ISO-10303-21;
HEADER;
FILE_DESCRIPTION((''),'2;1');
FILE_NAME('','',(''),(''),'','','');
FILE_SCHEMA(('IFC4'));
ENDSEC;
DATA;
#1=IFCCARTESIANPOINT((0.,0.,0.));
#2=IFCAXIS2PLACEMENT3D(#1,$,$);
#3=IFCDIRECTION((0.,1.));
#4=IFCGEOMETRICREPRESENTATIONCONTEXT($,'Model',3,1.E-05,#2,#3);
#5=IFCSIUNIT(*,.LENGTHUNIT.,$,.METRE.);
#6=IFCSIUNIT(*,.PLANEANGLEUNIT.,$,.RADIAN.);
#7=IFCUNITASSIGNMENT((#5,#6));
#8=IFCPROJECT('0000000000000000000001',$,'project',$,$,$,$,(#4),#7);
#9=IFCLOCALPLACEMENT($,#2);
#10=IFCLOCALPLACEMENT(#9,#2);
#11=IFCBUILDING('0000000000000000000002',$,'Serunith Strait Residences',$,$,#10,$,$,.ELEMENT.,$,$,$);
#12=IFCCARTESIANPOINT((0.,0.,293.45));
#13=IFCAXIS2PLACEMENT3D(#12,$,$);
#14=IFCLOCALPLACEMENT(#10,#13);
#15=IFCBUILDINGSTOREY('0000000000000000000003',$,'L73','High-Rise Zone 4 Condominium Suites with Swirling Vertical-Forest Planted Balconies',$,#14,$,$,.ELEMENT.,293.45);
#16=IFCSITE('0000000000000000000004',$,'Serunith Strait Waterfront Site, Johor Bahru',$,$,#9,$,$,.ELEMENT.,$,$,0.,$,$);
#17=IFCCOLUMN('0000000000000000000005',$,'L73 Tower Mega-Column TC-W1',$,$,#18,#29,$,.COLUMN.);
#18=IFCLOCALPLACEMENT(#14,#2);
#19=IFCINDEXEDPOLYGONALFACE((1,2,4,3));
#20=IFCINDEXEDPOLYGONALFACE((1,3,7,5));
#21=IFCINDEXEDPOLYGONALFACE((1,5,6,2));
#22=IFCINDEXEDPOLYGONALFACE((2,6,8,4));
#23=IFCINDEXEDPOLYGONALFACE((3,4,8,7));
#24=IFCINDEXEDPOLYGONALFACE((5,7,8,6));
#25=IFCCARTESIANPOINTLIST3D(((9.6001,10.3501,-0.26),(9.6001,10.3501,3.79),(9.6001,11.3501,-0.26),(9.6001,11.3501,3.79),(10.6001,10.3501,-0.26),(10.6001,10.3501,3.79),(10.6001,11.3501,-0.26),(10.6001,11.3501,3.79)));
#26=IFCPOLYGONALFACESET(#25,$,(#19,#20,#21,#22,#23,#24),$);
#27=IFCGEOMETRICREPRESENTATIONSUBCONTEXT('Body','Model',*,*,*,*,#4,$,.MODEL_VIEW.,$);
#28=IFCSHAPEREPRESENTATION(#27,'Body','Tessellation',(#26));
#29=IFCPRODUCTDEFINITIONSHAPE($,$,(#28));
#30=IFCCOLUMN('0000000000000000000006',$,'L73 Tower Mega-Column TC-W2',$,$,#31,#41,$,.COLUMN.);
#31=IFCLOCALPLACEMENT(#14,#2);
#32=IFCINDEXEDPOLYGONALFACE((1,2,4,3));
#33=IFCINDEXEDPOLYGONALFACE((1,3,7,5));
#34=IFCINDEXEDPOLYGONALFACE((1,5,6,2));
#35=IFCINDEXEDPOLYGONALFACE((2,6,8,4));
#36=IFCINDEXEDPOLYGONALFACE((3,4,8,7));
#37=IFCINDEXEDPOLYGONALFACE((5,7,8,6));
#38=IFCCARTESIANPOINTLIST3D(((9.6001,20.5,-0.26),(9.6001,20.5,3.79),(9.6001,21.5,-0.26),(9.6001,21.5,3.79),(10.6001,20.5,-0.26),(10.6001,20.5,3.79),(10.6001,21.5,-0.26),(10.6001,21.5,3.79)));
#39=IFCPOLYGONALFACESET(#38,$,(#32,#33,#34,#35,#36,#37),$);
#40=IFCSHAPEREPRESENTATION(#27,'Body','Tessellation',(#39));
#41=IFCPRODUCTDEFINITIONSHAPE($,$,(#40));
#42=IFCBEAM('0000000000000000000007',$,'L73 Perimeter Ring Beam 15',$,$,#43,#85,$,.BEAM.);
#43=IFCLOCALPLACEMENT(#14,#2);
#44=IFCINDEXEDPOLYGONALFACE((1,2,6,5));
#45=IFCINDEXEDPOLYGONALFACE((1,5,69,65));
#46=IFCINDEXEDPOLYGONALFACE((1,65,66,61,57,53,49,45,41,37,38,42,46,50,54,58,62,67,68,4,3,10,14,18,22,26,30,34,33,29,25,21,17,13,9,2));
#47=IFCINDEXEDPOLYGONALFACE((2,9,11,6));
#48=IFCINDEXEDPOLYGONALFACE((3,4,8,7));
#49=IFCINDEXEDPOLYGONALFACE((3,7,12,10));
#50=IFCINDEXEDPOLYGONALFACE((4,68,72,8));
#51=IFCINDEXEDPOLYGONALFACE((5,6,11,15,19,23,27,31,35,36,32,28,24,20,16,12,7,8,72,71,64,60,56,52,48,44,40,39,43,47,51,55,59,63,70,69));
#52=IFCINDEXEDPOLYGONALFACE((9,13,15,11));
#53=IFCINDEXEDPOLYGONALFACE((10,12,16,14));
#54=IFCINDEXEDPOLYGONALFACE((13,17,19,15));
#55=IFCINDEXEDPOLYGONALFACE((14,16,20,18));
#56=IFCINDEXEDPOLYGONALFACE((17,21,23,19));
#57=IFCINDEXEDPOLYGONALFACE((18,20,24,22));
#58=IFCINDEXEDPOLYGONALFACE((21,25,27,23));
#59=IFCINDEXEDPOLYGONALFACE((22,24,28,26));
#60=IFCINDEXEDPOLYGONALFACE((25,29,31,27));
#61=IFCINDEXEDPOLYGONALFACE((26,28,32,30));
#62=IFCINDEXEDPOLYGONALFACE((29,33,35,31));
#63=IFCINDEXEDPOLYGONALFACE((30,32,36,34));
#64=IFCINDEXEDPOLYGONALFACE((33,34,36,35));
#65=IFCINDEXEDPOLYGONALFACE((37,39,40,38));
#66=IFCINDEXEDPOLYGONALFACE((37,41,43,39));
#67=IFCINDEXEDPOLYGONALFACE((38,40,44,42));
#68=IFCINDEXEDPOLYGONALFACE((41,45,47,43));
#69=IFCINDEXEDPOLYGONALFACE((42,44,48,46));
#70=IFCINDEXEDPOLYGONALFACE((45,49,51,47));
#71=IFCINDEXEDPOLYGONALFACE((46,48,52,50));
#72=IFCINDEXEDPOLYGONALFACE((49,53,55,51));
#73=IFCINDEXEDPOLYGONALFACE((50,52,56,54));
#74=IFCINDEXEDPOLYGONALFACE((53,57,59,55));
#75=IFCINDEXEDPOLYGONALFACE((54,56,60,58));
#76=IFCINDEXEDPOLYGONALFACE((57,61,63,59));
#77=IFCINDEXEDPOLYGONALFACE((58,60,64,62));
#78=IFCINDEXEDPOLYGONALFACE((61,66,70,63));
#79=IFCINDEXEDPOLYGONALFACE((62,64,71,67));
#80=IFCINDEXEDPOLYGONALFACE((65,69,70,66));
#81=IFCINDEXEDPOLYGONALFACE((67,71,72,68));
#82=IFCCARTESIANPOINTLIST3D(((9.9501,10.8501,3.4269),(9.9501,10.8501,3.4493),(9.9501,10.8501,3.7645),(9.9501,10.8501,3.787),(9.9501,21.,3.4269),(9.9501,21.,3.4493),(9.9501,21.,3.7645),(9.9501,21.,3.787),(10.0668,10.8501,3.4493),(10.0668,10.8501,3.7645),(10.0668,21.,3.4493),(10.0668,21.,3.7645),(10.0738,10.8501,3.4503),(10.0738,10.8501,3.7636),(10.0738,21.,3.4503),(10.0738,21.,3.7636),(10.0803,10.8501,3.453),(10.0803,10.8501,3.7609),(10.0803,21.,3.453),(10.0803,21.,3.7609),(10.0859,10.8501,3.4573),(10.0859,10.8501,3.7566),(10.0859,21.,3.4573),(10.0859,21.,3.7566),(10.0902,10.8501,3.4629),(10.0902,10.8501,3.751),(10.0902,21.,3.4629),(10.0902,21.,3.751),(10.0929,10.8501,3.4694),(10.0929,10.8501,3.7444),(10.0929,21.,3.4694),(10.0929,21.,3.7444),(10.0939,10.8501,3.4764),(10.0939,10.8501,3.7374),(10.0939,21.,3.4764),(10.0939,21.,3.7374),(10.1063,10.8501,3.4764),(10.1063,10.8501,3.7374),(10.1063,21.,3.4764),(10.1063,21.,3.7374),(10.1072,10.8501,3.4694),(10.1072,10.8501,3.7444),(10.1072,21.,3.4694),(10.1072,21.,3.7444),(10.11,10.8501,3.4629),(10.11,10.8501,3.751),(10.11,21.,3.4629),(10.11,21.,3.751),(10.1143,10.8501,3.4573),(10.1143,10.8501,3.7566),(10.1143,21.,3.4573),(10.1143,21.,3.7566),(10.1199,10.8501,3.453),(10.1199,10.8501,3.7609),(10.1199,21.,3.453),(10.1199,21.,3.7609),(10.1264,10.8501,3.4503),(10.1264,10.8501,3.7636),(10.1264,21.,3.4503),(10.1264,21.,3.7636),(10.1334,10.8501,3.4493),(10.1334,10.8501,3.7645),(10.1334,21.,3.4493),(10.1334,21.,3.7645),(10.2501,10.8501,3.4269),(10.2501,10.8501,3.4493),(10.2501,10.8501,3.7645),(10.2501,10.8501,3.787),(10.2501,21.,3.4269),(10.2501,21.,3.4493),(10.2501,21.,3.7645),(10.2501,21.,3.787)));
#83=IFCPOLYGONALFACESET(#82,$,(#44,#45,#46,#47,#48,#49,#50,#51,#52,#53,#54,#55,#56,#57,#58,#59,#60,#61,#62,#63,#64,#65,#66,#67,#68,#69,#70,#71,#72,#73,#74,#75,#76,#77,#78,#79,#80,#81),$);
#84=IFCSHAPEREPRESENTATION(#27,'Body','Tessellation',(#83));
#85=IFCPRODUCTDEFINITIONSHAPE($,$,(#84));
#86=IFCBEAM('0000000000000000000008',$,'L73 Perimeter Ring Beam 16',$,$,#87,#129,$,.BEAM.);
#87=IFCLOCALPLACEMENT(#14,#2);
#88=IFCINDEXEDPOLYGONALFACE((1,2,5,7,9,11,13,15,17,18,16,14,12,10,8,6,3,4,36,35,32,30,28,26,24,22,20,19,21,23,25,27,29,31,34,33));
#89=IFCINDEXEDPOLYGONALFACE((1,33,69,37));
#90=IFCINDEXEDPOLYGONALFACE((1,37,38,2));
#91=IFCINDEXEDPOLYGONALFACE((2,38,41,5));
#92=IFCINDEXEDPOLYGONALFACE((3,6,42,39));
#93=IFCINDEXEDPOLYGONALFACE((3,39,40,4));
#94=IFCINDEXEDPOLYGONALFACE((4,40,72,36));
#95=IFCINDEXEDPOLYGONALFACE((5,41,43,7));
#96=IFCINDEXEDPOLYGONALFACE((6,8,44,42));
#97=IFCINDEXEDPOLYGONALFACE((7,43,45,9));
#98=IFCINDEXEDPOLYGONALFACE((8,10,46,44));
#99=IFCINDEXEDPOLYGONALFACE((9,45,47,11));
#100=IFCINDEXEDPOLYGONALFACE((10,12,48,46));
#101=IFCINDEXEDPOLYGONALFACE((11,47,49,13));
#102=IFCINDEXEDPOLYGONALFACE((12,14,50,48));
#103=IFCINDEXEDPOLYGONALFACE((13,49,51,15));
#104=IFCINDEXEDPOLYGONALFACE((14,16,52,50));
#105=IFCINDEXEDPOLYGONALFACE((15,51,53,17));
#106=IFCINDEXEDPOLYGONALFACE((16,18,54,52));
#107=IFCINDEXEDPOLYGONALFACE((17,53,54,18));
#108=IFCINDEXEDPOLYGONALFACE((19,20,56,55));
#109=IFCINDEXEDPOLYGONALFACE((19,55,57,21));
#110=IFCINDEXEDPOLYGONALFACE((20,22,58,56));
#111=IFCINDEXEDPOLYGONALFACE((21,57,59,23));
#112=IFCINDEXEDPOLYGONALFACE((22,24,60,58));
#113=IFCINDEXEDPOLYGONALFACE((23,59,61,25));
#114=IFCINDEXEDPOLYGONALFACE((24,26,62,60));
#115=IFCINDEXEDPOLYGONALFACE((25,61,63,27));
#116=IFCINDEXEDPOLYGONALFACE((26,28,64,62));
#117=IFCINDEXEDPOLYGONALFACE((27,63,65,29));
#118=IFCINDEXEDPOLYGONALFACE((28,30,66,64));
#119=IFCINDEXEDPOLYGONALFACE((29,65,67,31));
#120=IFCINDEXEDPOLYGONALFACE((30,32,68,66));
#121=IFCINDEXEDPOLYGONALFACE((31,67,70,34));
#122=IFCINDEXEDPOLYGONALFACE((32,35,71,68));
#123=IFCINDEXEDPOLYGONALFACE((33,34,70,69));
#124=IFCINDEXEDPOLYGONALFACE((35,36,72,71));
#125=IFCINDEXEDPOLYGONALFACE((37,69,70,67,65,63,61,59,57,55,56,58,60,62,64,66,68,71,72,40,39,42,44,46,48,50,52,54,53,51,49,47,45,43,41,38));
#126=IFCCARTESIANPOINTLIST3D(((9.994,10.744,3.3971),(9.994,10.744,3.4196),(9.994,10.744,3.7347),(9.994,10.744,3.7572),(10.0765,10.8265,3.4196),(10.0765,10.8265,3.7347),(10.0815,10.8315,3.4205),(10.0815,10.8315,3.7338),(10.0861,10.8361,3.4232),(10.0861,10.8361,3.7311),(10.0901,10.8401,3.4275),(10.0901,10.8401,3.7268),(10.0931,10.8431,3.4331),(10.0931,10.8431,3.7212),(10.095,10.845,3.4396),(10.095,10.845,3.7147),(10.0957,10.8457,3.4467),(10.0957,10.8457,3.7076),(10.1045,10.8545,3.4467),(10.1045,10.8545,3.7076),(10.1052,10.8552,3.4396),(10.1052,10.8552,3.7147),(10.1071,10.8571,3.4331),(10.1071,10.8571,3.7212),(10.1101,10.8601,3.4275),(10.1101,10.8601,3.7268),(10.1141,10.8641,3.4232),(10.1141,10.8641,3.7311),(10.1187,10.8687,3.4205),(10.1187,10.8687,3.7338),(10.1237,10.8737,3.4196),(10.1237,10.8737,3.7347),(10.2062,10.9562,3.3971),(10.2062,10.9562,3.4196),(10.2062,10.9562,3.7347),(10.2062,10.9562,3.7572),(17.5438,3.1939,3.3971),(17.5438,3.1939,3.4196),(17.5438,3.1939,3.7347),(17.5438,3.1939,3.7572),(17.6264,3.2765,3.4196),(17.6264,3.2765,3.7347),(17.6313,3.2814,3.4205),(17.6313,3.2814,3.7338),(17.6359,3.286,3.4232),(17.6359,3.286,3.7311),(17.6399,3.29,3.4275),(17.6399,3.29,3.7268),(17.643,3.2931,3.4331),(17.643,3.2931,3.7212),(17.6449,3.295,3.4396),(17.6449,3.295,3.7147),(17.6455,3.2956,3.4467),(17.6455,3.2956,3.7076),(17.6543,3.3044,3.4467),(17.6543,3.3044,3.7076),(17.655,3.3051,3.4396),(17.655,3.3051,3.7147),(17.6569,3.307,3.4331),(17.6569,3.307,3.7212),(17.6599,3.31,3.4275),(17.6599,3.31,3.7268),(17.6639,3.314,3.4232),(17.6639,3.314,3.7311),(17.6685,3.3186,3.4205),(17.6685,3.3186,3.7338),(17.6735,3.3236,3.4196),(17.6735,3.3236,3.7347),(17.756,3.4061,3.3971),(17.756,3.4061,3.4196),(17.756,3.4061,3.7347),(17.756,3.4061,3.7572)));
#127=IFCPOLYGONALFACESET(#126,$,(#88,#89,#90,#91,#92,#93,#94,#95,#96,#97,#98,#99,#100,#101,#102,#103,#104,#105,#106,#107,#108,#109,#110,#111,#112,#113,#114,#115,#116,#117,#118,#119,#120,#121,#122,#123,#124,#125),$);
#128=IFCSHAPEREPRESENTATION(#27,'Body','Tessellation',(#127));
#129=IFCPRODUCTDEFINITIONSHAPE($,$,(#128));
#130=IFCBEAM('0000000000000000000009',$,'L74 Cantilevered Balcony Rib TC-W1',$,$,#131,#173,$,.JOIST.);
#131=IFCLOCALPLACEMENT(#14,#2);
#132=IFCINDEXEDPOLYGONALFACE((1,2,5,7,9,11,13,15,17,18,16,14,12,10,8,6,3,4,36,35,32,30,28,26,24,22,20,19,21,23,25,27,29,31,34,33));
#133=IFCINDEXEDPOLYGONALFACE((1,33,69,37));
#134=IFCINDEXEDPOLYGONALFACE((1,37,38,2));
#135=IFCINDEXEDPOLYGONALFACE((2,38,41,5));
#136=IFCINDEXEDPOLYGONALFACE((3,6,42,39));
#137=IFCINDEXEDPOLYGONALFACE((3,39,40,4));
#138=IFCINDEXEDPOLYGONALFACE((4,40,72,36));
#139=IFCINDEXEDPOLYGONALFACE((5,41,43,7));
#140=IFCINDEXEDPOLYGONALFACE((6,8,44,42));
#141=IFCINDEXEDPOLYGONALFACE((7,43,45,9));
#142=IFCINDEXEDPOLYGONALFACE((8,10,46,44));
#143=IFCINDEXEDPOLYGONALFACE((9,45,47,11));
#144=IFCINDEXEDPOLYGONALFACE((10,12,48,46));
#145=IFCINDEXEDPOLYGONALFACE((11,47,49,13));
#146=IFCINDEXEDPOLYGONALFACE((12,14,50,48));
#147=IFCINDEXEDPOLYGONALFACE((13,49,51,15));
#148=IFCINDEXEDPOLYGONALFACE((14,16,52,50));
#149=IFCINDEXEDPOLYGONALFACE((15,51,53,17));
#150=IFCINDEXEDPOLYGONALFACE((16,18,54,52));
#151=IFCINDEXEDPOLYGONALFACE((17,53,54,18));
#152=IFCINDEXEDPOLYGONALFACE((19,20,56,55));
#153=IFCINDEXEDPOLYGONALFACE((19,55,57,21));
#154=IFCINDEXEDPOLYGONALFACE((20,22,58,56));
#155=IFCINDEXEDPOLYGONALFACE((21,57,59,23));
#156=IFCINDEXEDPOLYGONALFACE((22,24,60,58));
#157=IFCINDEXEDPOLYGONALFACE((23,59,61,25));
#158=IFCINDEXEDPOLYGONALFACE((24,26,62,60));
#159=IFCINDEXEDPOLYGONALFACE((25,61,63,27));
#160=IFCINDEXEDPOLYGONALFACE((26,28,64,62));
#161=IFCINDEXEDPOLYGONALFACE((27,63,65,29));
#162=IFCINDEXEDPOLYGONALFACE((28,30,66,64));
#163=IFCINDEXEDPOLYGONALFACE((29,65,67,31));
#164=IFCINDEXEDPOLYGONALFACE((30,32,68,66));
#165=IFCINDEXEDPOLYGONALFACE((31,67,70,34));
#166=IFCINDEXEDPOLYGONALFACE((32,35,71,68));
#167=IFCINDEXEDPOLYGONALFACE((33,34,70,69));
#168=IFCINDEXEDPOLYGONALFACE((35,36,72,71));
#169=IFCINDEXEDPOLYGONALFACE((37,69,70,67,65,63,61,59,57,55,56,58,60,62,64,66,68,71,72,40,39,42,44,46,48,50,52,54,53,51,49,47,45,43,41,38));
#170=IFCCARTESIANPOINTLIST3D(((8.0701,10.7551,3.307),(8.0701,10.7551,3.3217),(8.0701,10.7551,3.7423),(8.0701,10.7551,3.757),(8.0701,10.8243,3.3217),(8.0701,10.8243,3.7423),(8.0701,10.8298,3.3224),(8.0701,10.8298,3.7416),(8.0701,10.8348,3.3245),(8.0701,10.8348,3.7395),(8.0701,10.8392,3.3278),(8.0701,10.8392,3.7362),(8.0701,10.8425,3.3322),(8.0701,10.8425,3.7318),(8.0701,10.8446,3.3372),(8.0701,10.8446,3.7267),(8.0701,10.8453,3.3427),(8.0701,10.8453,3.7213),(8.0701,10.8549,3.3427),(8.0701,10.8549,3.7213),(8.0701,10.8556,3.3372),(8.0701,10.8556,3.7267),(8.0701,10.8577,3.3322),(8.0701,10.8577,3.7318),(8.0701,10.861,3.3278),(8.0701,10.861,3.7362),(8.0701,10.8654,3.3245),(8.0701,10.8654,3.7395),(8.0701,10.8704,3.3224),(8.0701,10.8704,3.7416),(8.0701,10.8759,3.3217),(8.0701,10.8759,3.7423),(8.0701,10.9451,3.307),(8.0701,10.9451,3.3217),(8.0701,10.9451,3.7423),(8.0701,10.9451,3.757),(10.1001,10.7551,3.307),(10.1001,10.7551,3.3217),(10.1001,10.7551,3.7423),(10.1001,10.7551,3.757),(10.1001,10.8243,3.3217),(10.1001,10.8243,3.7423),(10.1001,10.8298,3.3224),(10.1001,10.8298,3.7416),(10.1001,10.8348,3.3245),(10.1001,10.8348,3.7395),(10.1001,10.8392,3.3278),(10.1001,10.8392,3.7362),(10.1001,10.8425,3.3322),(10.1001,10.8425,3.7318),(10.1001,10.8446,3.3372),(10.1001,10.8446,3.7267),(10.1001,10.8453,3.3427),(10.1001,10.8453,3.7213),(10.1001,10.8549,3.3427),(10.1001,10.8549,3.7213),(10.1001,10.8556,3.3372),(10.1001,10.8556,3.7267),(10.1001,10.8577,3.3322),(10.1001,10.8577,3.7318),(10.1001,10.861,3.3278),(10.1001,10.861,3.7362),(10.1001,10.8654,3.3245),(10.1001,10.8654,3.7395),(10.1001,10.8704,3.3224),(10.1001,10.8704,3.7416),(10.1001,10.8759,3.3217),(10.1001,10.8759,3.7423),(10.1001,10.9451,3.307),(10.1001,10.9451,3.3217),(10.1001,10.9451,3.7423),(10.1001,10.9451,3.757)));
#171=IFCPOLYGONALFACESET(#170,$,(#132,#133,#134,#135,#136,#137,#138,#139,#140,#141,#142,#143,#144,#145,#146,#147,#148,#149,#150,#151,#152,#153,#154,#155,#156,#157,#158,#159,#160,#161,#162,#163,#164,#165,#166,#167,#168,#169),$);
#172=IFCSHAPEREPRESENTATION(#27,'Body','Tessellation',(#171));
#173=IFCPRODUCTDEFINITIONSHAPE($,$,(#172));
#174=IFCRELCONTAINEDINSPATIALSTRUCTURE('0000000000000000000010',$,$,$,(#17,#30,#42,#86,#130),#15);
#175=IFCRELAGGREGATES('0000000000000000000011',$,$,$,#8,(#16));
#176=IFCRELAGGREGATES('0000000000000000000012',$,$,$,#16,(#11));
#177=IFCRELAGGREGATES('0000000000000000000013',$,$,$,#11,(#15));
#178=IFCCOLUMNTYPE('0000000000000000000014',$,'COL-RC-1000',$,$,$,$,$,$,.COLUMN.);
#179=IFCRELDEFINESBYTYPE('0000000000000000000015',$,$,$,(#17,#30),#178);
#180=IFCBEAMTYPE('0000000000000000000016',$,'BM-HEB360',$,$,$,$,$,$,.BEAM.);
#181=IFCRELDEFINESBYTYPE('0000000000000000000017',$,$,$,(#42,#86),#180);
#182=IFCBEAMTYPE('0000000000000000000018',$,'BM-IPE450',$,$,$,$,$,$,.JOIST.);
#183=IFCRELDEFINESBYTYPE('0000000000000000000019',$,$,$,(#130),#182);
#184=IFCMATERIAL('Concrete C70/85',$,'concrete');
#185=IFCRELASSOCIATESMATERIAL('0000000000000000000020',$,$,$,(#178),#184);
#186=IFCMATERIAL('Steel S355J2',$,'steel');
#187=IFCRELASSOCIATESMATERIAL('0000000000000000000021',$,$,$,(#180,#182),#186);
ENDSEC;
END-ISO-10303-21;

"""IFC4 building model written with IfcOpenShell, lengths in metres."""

from ifc_helpers import new_model, si_unit, direction, frame, origin, origin_2d, place, context, subcontext, project, spatial, rectangle, i_section, extrude, source, transform, mapped, material, material_profile, profile_set, type_object, element, save


model = new_model("IFC4")

# Units and contexts
model_context = context("Model", 3, precision=1e-05, world=origin(), true_north=direction((0.0, 1.0)))
body_context = subcontext(model_context, "Body", "Model", "MODEL_VIEW")
ifc_project = project(units=[si_unit("LENGTHUNIT", "METRE"), si_unit("PLANEANGLEUNIT", "RADIAN")], contexts=[model_context])

# Site, building, storey
site_placement = place(None, origin())
site = spatial("IfcSite", under=ifc_project, at=site_placement, Name="Serunith Strait Waterfront Site, Johor Bahru", CompositionType="ELEMENT", RefElevation=0.0)
building_placement = place(site_placement, origin())
building = spatial("IfcBuilding", under=site, at=building_placement, Name="Serunith Strait Residences", CompositionType="ELEMENT")
storey_placement = place(building_placement, frame((0.0, 0.0, 293.45)))
storey = spatial("IfcBuildingStorey", under=building, at=storey_placement, Name="L73", Description="High-Rise Zone 4 Condominium Suites with Swirling Vertical-Forest Planted Balconies", CompositionType="ELEMENT", Elevation=293.45)

# Columns
ifc_material_1 = material(Name="Concrete C70/85", Category="concrete")
ifc_material_profile_1 = material_profile(ifc_material_1, rectangle(XDim=1.0, YDim=1.0, at=origin_2d()), Name="RC 1000x1000")
ifc_profile_set_1 = profile_set([ifc_material_profile_1], Name="Concrete C70/85")
column_type = type_object("IfcColumnType", Name="COL-RC-1000", PredefinedType="COLUMN", material=ifc_profile_set_1)
shared_shape_1 = source(origin(), body_context, "Body", "SweptSolid", [
    extrude(rectangle(XDim=1.0, YDim=1.0, at=origin_2d()), origin(), (0.0, 0.0, 1.0), 4.05),
])
for number, where, z_axis, x_axis, name in (
    (1, (10.1001, 10.8501, -0.26), (0.0, 0.0, 1.0), (1.0, 0.0, 0.0), "L73 Tower Mega-Column TC-W1"),
    (2, (10.1001, 21.0, -0.26), (0.0, 0.0, 1.0), (1.0, 0.0, 0.0), "L73 Tower Mega-Column TC-W2"),
):
    element("IfcColumn", number, at=place(storey_placement, frame(where, z_axis=z_axis, x_axis=x_axis)), inside=storey, type_object=column_type, Name=name, PredefinedType="COLUMN", context=body_context, shape_type="MappedRepresentation", body=[
        mapped(shared_shape_1, transform((0.0, 0.0, 0.0), scale=1.0)),
    ])

# Beams
ifc_material_2 = material(Name="Steel S355J2", Category="steel")
ifc_material_profile_2 = material_profile(ifc_material_2, i_section(OverallWidth=0.3, OverallDepth=0.3601, WebThickness=0.0125, FlangeThickness=0.0225, FilletRadius=0.0271, at=origin_2d()), Name="HEB 360")
ifc_profile_set_2 = profile_set([ifc_material_profile_2], Name="Steel S355J2")
beam_type_1 = type_object("IfcBeamType", Name="BM-HEB360", PredefinedType="BEAM", material=ifc_profile_set_2)
shared_shape_2 = source(origin(), body_context, "Body", "SweptSolid", [
    extrude(i_section(OverallWidth=0.3, OverallDepth=0.3601, WebThickness=0.0125, FlangeThickness=0.0225, FilletRadius=0.0271, at=origin_2d()), origin(), (0.0, 0.0, 1.0), 10.1499),
])
beam_1_placement = place(storey_placement, frame((10.1001, 21.0, 3.6069), z_axis=(0.0, -1.0, 0.0), x_axis=(1.0, 0.0, 0.0)))
element("IfcBeam", 3, at=beam_1_placement, inside=storey, type_object=beam_type_1, Name="L73 Perimeter Ring Beam 15", PredefinedType="BEAM", context=body_context, shape_type="MappedRepresentation", body=[
    mapped(shared_shape_2, transform((0.0, 0.0, 0.0), scale=1.0)),
])
shared_shape_3 = source(origin(), body_context, "Body", "SweptSolid", [
    extrude(i_section(OverallWidth=0.3, OverallDepth=0.3601, WebThickness=0.0125, FlangeThickness=0.0225, FilletRadius=0.0271, at=origin_2d()), origin(), (0.0, 0.0, 1.0), 10.6772),
])
beam_2_placement = place(storey_placement, frame((10.1001, 10.8501, 3.5771), z_axis=(0.707095, -0.707118, 0.0), x_axis=(0.707118, 0.707095, 0.0)))
element("IfcBeam", 4, at=beam_2_placement, inside=storey, type_object=beam_type_1, Name="L73 Perimeter Ring Beam 16", PredefinedType="BEAM", context=body_context, shape_type="MappedRepresentation", body=[
    mapped(shared_shape_3, transform((0.0, 0.0, 0.0), scale=1.0)),
])
ifc_material_profile_3 = material_profile(ifc_material_2, i_section(OverallWidth=0.1899, OverallDepth=0.45, WebThickness=0.0095, FlangeThickness=0.0146, FilletRadius=0.021, at=origin_2d()), Name="IPE 450")
ifc_profile_set_3 = profile_set([ifc_material_profile_3], Name="Steel S355J2")
beam_type_2 = type_object("IfcBeamType", Name="BM-IPE450", PredefinedType="JOIST", material=ifc_profile_set_3)
shared_shape_4 = source(origin(), body_context, "Body", "SweptSolid", [
    extrude(i_section(OverallWidth=0.1899, OverallDepth=0.45, WebThickness=0.0095, FlangeThickness=0.0146, FilletRadius=0.021, at=origin_2d()), origin(), (0.0, 0.0, 1.0), 2.03),
])
for number, where, z_axis, x_axis, name in (
    (5, (10.1001, 10.8501, 3.532), (-1.0, 0.0, 0.0), (0.0, -1.0, 0.0), "L74 Cantilevered Balcony Rib TC-W1"),
):
    element("IfcBeam", number, at=place(storey_placement, frame(where, z_axis=z_axis, x_axis=x_axis)), inside=storey, type_object=beam_type_2, Name=name, PredefinedType="JOIST", context=body_context, shape_type="MappedRepresentation", body=[
        mapped(shared_shape_4, transform((0.0, 0.0, 0.0), scale=1.0)),
    ])

save(model, "model.ifc")
